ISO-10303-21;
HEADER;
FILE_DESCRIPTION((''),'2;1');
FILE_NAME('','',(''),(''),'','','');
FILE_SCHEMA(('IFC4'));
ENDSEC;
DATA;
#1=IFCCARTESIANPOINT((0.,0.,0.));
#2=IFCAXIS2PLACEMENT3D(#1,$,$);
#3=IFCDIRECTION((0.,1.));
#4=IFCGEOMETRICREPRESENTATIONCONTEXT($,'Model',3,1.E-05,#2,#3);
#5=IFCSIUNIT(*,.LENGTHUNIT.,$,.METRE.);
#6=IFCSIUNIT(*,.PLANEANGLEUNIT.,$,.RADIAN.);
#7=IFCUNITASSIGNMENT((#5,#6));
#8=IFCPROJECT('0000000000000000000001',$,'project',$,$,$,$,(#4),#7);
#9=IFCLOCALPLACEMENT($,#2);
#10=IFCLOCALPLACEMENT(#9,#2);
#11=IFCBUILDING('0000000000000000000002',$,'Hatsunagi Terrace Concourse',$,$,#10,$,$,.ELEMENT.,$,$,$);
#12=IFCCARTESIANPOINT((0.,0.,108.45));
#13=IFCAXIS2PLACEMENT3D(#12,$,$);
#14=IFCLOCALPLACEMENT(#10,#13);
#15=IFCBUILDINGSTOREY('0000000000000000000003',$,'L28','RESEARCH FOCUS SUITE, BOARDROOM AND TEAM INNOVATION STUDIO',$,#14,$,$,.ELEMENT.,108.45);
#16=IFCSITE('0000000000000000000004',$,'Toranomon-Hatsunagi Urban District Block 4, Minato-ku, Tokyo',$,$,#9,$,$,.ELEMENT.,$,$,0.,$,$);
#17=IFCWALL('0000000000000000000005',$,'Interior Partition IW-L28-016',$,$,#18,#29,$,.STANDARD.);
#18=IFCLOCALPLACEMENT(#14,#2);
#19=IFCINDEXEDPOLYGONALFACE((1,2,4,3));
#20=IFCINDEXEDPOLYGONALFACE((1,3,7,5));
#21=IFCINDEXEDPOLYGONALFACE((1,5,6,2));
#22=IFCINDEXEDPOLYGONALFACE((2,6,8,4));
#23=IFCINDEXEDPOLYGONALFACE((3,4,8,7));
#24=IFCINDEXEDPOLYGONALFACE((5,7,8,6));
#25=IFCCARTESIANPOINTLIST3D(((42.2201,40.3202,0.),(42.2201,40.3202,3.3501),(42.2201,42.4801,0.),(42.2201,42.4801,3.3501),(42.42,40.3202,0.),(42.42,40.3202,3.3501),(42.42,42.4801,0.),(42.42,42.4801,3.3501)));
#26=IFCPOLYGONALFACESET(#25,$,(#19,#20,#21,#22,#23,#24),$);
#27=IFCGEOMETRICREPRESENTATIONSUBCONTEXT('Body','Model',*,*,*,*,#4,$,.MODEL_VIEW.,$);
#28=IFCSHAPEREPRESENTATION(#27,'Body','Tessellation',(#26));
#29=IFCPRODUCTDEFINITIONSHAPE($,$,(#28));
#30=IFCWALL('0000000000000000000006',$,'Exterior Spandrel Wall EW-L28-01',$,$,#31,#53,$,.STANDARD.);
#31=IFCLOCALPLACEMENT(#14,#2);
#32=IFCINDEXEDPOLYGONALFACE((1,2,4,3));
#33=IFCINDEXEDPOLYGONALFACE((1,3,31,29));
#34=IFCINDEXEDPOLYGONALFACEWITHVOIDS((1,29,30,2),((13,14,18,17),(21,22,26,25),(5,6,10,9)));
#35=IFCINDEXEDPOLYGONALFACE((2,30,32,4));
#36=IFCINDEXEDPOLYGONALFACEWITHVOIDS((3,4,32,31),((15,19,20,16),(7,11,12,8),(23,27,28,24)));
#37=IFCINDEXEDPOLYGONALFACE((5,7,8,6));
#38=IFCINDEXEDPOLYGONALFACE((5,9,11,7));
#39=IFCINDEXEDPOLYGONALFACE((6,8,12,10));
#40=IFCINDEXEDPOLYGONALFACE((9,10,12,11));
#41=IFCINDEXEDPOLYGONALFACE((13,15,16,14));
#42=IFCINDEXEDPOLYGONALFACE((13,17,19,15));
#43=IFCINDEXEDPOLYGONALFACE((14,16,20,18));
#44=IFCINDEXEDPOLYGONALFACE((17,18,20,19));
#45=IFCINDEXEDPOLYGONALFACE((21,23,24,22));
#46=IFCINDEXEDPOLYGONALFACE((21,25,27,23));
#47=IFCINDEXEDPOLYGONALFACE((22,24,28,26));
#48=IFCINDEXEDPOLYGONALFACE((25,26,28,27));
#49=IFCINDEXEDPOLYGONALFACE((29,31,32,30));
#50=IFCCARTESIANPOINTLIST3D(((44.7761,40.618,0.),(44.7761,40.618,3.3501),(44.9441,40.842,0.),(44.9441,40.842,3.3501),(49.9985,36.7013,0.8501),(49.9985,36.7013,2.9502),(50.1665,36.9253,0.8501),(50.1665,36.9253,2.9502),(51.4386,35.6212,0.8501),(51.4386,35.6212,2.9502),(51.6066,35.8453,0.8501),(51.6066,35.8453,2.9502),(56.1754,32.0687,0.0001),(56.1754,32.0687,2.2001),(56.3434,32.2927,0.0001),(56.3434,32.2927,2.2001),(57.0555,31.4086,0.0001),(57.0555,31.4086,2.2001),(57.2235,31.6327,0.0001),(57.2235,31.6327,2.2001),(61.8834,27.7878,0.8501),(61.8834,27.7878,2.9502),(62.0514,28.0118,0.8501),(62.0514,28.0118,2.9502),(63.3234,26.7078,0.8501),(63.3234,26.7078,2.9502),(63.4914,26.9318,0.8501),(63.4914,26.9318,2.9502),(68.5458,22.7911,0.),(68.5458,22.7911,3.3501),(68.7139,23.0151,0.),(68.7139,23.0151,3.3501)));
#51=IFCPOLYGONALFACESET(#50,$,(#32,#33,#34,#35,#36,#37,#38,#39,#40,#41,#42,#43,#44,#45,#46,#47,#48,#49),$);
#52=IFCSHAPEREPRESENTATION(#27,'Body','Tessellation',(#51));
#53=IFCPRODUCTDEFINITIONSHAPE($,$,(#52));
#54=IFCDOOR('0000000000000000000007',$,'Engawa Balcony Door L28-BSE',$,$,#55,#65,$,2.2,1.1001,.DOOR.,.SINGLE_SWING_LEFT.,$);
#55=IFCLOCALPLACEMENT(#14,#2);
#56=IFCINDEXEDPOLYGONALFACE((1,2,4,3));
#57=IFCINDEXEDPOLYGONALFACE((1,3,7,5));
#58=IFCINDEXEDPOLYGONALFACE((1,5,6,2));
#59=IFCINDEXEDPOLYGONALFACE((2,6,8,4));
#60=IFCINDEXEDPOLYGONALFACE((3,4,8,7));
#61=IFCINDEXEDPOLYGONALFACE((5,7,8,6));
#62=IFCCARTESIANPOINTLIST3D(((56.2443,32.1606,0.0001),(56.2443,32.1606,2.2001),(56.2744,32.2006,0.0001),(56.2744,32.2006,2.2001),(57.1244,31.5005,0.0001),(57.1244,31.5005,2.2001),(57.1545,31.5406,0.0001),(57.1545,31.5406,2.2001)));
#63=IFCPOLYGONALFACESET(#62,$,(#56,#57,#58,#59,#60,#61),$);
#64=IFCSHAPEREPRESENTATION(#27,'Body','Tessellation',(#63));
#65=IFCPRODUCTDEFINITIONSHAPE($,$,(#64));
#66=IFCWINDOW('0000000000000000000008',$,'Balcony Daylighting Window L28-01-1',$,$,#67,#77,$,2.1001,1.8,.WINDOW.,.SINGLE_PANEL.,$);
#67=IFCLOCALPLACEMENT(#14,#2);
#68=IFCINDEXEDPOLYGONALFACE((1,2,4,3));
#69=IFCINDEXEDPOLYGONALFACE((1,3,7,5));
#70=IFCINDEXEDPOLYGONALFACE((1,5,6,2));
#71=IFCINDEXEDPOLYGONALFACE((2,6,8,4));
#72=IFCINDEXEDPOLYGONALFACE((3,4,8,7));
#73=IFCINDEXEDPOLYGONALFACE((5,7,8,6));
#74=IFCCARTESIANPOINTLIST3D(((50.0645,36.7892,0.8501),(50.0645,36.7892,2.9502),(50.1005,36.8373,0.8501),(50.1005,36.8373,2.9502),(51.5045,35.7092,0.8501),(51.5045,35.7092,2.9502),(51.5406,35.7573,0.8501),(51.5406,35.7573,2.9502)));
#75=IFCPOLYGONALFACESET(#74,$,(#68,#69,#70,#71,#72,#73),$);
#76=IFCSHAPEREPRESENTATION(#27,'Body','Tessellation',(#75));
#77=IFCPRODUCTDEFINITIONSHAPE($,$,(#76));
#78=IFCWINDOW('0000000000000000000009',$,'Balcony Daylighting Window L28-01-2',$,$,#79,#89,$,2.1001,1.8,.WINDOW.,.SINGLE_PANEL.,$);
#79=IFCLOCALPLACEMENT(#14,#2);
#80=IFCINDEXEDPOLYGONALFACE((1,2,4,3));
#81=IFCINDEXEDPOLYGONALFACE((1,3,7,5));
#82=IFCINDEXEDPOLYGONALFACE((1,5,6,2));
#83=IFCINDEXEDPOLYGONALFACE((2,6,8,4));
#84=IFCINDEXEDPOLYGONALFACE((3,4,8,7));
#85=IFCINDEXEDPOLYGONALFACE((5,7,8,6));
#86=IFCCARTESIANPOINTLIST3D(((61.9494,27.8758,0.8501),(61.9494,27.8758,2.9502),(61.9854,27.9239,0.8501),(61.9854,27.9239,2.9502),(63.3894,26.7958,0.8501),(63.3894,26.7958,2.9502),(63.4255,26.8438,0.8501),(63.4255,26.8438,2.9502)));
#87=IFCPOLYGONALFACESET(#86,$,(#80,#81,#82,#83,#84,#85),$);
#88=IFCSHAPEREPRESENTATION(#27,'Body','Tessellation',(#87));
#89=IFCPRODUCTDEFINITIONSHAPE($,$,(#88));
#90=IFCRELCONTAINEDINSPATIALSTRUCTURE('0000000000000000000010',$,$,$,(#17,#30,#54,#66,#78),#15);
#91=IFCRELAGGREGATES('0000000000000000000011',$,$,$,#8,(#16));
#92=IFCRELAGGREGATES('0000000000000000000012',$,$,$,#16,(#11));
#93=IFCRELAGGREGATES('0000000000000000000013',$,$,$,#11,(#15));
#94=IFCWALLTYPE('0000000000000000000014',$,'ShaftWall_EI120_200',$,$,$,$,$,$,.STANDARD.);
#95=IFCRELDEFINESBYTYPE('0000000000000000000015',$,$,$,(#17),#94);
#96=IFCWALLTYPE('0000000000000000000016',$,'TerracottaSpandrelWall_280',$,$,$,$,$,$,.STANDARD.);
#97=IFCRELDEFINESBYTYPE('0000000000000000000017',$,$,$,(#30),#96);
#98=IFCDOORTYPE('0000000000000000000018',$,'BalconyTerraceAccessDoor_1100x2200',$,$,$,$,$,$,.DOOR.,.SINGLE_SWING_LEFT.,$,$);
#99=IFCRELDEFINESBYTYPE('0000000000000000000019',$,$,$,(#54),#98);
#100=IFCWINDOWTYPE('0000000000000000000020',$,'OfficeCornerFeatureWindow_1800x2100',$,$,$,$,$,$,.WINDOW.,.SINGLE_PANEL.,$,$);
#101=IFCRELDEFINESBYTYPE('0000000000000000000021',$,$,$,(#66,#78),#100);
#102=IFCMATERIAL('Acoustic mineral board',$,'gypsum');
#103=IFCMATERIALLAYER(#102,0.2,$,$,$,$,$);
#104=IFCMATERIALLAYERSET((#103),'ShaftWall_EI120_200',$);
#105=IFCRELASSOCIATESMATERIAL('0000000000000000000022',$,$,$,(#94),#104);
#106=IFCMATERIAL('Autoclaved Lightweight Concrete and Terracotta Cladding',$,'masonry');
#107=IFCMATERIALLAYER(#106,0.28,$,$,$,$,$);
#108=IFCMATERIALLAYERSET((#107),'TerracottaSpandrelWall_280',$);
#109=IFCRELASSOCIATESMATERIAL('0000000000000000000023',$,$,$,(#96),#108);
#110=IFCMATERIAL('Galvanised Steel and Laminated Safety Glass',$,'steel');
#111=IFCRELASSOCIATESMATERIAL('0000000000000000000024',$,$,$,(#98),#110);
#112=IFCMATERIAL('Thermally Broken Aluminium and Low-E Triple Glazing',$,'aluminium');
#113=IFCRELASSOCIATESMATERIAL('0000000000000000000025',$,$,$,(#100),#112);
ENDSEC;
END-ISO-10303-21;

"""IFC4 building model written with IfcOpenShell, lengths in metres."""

from ifc_helpers import new_model, si_unit, direction, frame, frame_2d, origin, place, context, subcontext, project, spatial, rectangle, extrude, material, layer, layer_set, type_object, element, fill, save


model = new_model("IFC4")

# Units and contexts
model_context = context("Model", 3, precision=1e-05, world=origin(), true_north=direction((0.0, 1.0)))
body_context = subcontext(model_context, "Body", "Model", "MODEL_VIEW")
ifc_project = project(units=[si_unit("LENGTHUNIT", "METRE"), si_unit("PLANEANGLEUNIT", "RADIAN")], contexts=[model_context])

# Site, building, storey
site_placement = place(None, origin())
site = spatial("IfcSite", under=ifc_project, at=site_placement, Name="Toranomon-Hatsunagi Urban District Block 4, Minato-ku, Tokyo", CompositionType="ELEMENT", RefElevation=0.0)
building_placement = place(site_placement, origin())
building = spatial("IfcBuilding", under=site, at=building_placement, Name="Hatsunagi Terrace Concourse", CompositionType="ELEMENT")
storey_placement = place(building_placement, frame((0.0, 0.0, 108.45)))
storey = spatial("IfcBuildingStorey", under=building, at=storey_placement, Name="L28", Description="RESEARCH FOCUS SUITE, BOARDROOM AND TEAM INNOVATION STUDIO", CompositionType="ELEMENT", Elevation=108.45)

# Wall
ifc_material_1 = material(Name="Acoustic mineral board", Category="gypsum")
ifc_layer_1 = layer(ifc_material_1, 0.2)
ifc_layer_set_1 = layer_set([ifc_layer_1], Name="ShaftWall_EI120_200")
wall_type_1 = type_object("IfcWallType", Name="ShaftWall_EI120_200", PredefinedType="STANDARD", material=ifc_layer_set_1)
wall_1_placement = place(storey_placement, frame((42.3201, 40.3201, 0.0), z_axis=(0.0, 0.0, 1.0), x_axis=(0.0, 1.0, 0.0)))
element("IfcWall", 1, at=wall_1_placement, inside=storey, type_object=wall_type_1, Name="Interior Partition IW-L28-016", PredefinedType="STANDARD", context=body_context, shape_type="SweptSolid", body=[
    extrude(rectangle(XDim=2.1599, YDim=0.2, at=frame_2d((1.0801, 0.0))), origin(), (0.0, 0.0, 1.0), 3.3501),
])

# Wall, openings, door, windows
ifc_material_2 = material(Name="Autoclaved Lightweight Concrete and Terracotta Cladding", Category="masonry")
ifc_layer_2 = layer(ifc_material_2, 0.28)
ifc_layer_set_2 = layer_set([ifc_layer_2], Name="TerracottaSpandrelWall_280")
wall_type_2 = type_object("IfcWallType", Name="TerracottaSpandrelWall_280", PredefinedType="STANDARD", material=ifc_layer_set_2)
wall_2_placement = place(storey_placement, frame((44.8601, 40.73, 0.0), z_axis=(0.0, 0.0, 1.0), x_axis=(0.800007, -0.599991, 0.0)))
wall_2 = element("IfcWall", 2, at=wall_2_placement, inside=storey, type_object=wall_type_2, Name="Exterior Spandrel Wall EW-L28-01", PredefinedType="STANDARD", context=body_context, shape_type="SweptSolid", body=[
    extrude(rectangle(XDim=29.7119, YDim=0.28, at=frame_2d((14.856, 0.0))), origin(), (0.0, 0.0, 1.0), 3.3501),
])
opening_1_placement = place(wall_2_placement, frame((14.249, 0.0, 0.0)))
opening_1 = element("IfcOpeningElement", 3, at=opening_1_placement, cuts=wall_2, PredefinedType="OPENING", context=body_context, shape_type="SweptSolid", body=[
    extrude(rectangle(XDim=1.1001, YDim=2.2, at=frame_2d((0.55, 1.1001))), frame((0.0, 0.1499, 0.0), z_axis=(0.0, -1.0, 0.0), x_axis=(1.0, 0.0, 0.0)), (0.0, 0.0, 1.0), 0.3),
])
opening_2_placement = place(wall_2_placement, frame((6.5281, 0.0, 0.8501)))
opening_2 = element("IfcOpeningElement", 4, at=opening_2_placement, cuts=wall_2, PredefinedType="OPENING", context=body_context, shape_type="SweptSolid", body=[
    extrude(rectangle(XDim=1.8, YDim=2.1001, at=frame_2d((0.8999, 1.05))), frame((0.0, 0.1499, 0.0), z_axis=(0.0, -1.0, 0.0), x_axis=(1.0, 0.0, 0.0)), (0.0, 0.0, 1.0), 0.3),
])
opening_3_placement = place(wall_2_placement, frame((21.384, 0.0, 0.8501)))
opening_3 = element("IfcOpeningElement", 5, at=opening_3_placement, cuts=wall_2, PredefinedType="OPENING", context=body_context, shape_type="SweptSolid", body=[
    extrude(rectangle(XDim=1.8, YDim=2.1001, at=frame_2d((0.8999, 1.05))), frame((0.0, 0.1499, 0.0), z_axis=(0.0, -1.0, 0.0), x_axis=(1.0, 0.0, 0.0)), (0.0, 0.0, 1.0), 0.3),
])
ifc_material_3 = material(Name="Galvanised Steel and Laminated Safety Glass", Category="steel")
door_type_1 = type_object("IfcDoorType", Name="BalconyTerraceAccessDoor_1100x2200", OperationType="SINGLE_SWING_LEFT", PredefinedType="DOOR", material=ifc_material_3)
door_1_placement = place(opening_1_placement, origin())
door_1 = element("IfcDoor", 6, at=door_1_placement, inside=storey, type_object=door_type_1, Name="Engawa Balcony Door L28-BSE", OperationType="SINGLE_SWING_LEFT", OverallHeight=2.2, OverallWidth=1.1001, PredefinedType="DOOR", context=body_context, shape_type="SweptSolid", body=[
    extrude(rectangle(XDim=1.1001, YDim=2.2, at=frame_2d((0.55, 1.1001))), frame((0.0, 0.0249, 0.0), z_axis=(0.0, -1.0, 0.0), x_axis=(1.0, 0.0, 0.0)), (0.0, 0.0, 1.0), 0.05),
])
fill(opening_1, door_1)
ifc_material_4 = material(Name="Thermally Broken Aluminium and Low-E Triple Glazing", Category="aluminium")
window_type = type_object("IfcWindowType", Name="OfficeCornerFeatureWindow_1800x2100", PartitioningType="SINGLE_PANEL", PredefinedType="WINDOW", material=ifc_material_4)
window_1_placement = place(opening_2_placement, origin())
window_1 = element("IfcWindow", 7, at=window_1_placement, inside=storey, type_object=window_type, Name="Balcony Daylighting Window L28-01-1", OverallHeight=2.1001, OverallWidth=1.8, PartitioningType="SINGLE_PANEL", PredefinedType="WINDOW", context=body_context, shape_type="SweptSolid", body=[
    extrude(rectangle(XDim=1.8, YDim=2.1001, at=frame_2d((0.8999, 1.05))), frame((0.0, 0.03, 0.0), z_axis=(0.0, -1.0, 0.0), x_axis=(1.0, 0.0, 0.0)), (0.0, 0.0, 1.0), 0.0601),
])
fill(opening_2, window_1)
window_2_placement = place(opening_3_placement, origin())
window_2 = element("IfcWindow", 8, at=window_2_placement, inside=storey, type_object=window_type, Name="Balcony Daylighting Window L28-01-2", OverallHeight=2.1001, OverallWidth=1.8, PartitioningType="SINGLE_PANEL", PredefinedType="WINDOW", context=body_context, shape_type="SweptSolid", body=[
    extrude(rectangle(XDim=1.8, YDim=2.1001, at=frame_2d((0.8999, 1.05))), frame((0.0, 0.03, 0.0), z_axis=(0.0, -1.0, 0.0), x_axis=(1.0, 0.0, 0.0)), (0.0, 0.0, 1.0), 0.0601),
])
fill(opening_3, window_2)

save(model, "model.ifc")
